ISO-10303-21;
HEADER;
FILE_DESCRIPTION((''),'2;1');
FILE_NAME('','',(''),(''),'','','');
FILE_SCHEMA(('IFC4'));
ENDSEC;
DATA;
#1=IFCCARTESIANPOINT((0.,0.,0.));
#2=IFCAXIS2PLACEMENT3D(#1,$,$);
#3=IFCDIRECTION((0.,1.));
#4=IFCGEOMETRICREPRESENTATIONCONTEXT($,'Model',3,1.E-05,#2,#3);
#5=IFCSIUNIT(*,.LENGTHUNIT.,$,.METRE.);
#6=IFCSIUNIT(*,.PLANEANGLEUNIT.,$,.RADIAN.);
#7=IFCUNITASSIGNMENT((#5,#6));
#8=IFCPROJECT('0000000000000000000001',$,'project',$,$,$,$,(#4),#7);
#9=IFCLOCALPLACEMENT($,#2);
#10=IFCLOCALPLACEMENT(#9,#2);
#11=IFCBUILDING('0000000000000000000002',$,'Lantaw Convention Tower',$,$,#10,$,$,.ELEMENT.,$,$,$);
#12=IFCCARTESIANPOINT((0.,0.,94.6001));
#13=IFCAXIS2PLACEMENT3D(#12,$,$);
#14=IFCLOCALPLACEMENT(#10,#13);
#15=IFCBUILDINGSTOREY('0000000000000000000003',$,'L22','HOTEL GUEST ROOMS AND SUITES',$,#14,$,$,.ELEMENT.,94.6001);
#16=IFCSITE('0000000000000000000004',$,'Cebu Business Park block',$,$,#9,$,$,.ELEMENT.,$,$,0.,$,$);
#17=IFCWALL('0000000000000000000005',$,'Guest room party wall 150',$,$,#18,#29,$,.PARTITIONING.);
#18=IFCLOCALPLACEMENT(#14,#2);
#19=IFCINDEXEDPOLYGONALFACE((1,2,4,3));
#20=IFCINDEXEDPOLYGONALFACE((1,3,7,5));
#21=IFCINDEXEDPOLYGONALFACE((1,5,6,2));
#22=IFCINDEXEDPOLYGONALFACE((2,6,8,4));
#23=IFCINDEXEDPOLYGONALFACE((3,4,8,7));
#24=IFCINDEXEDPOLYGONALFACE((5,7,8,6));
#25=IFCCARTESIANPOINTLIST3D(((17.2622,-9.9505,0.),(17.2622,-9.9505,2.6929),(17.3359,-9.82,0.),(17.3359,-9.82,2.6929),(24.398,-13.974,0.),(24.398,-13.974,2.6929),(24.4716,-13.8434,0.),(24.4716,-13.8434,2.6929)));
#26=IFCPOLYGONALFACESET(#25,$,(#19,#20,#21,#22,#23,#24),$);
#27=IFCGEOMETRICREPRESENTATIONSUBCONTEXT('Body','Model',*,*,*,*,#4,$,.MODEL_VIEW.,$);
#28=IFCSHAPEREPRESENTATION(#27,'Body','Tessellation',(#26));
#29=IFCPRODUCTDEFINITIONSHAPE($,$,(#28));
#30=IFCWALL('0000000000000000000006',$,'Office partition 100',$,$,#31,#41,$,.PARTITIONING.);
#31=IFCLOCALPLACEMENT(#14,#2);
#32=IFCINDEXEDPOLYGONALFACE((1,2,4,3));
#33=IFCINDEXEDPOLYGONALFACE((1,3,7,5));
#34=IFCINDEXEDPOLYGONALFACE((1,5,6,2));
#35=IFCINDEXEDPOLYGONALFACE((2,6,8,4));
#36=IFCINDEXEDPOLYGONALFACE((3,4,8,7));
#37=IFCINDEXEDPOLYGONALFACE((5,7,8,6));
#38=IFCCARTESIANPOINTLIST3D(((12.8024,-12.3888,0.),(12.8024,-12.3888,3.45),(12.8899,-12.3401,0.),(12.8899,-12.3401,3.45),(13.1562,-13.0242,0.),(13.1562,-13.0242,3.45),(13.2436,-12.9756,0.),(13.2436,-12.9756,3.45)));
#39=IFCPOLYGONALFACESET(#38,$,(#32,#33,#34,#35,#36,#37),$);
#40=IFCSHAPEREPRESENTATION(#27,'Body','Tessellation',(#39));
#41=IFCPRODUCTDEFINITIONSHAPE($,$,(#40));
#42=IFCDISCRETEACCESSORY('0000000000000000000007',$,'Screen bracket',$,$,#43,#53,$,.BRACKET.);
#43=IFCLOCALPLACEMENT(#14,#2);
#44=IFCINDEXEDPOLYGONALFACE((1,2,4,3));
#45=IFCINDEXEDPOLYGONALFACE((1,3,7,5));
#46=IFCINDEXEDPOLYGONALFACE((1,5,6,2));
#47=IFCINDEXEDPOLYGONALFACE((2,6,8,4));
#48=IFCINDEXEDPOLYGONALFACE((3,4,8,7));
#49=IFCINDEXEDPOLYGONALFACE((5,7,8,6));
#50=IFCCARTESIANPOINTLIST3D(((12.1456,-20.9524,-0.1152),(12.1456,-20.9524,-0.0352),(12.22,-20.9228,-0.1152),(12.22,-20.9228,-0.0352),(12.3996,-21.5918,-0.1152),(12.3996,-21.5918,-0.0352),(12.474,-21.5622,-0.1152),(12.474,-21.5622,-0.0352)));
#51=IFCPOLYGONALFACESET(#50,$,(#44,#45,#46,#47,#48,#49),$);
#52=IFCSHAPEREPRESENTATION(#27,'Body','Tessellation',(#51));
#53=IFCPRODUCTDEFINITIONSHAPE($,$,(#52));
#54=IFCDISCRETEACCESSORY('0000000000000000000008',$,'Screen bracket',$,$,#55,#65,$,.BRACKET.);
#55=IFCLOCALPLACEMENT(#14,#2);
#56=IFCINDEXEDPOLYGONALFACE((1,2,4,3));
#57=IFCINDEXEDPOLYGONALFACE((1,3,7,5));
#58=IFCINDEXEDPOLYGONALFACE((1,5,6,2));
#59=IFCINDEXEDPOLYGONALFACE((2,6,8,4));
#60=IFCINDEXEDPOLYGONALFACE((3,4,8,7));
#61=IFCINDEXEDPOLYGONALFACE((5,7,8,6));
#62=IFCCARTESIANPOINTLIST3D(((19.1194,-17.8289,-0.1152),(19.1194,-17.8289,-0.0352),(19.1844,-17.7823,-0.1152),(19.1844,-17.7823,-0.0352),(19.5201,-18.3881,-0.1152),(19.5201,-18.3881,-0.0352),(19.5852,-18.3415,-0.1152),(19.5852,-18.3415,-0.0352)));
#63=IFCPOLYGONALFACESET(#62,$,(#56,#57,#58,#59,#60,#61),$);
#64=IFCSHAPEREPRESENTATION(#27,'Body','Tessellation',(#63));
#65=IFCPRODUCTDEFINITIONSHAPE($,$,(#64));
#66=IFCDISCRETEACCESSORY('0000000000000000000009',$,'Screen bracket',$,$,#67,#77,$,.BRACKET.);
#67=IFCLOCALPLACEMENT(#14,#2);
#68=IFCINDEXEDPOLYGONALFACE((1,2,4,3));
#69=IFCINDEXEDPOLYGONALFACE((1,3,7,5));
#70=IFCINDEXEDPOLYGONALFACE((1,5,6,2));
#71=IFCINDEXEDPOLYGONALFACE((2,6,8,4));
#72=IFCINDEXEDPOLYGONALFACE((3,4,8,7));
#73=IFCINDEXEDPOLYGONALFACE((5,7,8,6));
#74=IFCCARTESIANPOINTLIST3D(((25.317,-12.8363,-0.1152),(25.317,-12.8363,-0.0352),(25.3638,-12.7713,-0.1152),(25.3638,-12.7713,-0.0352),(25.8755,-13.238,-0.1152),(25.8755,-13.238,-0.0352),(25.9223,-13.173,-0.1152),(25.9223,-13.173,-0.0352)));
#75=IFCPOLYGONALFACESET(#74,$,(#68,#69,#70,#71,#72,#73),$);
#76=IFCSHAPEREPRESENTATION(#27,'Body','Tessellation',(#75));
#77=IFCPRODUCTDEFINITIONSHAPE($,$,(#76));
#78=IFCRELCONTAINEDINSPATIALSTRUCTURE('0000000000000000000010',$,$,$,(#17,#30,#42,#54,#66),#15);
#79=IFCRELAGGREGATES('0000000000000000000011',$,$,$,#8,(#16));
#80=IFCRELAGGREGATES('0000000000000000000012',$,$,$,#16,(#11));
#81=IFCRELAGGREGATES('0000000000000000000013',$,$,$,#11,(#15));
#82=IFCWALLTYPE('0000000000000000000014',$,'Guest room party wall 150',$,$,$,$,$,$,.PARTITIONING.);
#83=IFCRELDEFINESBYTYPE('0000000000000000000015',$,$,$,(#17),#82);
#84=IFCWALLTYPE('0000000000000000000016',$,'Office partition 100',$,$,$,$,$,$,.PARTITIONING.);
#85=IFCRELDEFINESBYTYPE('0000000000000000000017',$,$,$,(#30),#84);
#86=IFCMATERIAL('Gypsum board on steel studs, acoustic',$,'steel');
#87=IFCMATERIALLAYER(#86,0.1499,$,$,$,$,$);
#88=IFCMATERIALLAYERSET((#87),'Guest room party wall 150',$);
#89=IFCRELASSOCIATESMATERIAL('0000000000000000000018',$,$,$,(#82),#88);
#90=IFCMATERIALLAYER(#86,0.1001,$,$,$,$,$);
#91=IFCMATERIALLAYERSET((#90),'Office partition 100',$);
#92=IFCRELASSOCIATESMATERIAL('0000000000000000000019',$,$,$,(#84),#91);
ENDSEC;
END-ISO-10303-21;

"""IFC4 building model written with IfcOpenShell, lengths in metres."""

from ifc_helpers import new_model, si_unit, direction, frame, frame_2d, origin, origin_2d, place, context, subcontext, project, spatial, rectangle, extrude, material, layer, layer_set, type_object, element, save


model = new_model("IFC4")

# Units and contexts
model_context = context("Model", 3, precision=1e-05, world=origin(), true_north=direction((0.0, 1.0)))
body_context = subcontext(model_context, "Body", "Model", "MODEL_VIEW")
ifc_project = project(units=[si_unit("LENGTHUNIT", "METRE"), si_unit("PLANEANGLEUNIT", "RADIAN")], contexts=[model_context])

# Site, building, storey
site_placement = place(None, origin())
site = spatial("IfcSite", under=ifc_project, at=site_placement, Name="Cebu Business Park block", CompositionType="ELEMENT", RefElevation=0.0)
building_placement = place(site_placement, origin())
building = spatial("IfcBuilding", under=site, at=building_placement, Name="Lantaw Convention Tower", CompositionType="ELEMENT")
storey_placement = place(building_placement, frame((0.0, 0.0, 94.6001)))
storey = spatial("IfcBuildingStorey", under=building, at=storey_placement, Name="L22", Description="HOTEL GUEST ROOMS AND SUITES", CompositionType="ELEMENT", Elevation=94.6001)

# Walls
ifc_material_1 = material(Name="Gypsum board on steel studs, acoustic", Category="steel")
ifc_layer_1 = layer(ifc_material_1, 0.1499)
ifc_layer_set_1 = layer_set([ifc_layer_1], Name="Guest room party wall 150")
wall_type_1 = type_object("IfcWallType", Name="Guest room party wall 150", PredefinedType="PARTITIONING", material=ifc_layer_set_1)
wall_1_placement = place(storey_placement, frame((24.4348, -13.9087, 0.0), z_axis=(0.0, 0.0, 1.0), x_axis=(-0.871075, 0.49115, 0.0)))
element("IfcWall", 1, at=wall_1_placement, inside=storey, type_object=wall_type_1, Name="Guest room party wall 150", PredefinedType="PARTITIONING", context=body_context, shape_type="SweptSolid", body=[
    extrude(rectangle(XDim=8.1919, YDim=0.1499, at=frame_2d((4.0959, 0.0))), origin(), (0.0, 0.0, 1.0), 2.6929),
])
ifc_layer_2 = layer(ifc_material_1, 0.1001)
ifc_layer_set_2 = layer_set([ifc_layer_2], Name="Office partition 100")
wall_type_2 = type_object("IfcWallType", Name="Office partition 100", PredefinedType="PARTITIONING", material=ifc_layer_set_2)
wall_2_placement = place(storey_placement, frame((13.2, -13.0, 0.0), z_axis=(0.0, 0.0, 1.0), x_axis=(-0.486384, 0.873745, 0.0)))
element("IfcWall", 2, at=wall_2_placement, inside=storey, type_object=wall_type_2, Name="Office partition 100", PredefinedType="PARTITIONING", context=body_context, shape_type="SweptSolid", body=[
    extrude(rectangle(XDim=0.7273, YDim=0.1001, at=frame_2d((0.3638, 0.0))), origin(), (0.0, 0.0, 1.0), 3.45),
])

# Discrete accessories
for number, where, z_axis, x_axis, name in (
    (3, (12.3098, -21.2573, -0.1152), (0.0, 0.0, 1.0), (0.929361, 0.369172, 0.0), "Screen bracket"),
    (4, (19.3523, -18.0852, -0.1152), (0.0, 0.0, 1.0), (0.812804, 0.582538, 0.0), "Screen bracket"),
    (5, (25.6196, -13.0046, -0.1152), (0.0, 0.0, 1.0), (0.583951, 0.811789, 0.0), "Screen bracket"),
):
    element("IfcDiscreteAccessory", number, at=place(storey_placement, frame(where, z_axis=z_axis, x_axis=x_axis)), inside=storey, Name=name, PredefinedType="BRACKET", context=body_context, shape_type="SweptSolid", body=[
        extrude(rectangle(XDim=0.0801, YDim=0.688, at=origin_2d()), origin(), (0.0, 0.0, 1.0), 0.0801),
    ])

save(model, "model.ifc")
